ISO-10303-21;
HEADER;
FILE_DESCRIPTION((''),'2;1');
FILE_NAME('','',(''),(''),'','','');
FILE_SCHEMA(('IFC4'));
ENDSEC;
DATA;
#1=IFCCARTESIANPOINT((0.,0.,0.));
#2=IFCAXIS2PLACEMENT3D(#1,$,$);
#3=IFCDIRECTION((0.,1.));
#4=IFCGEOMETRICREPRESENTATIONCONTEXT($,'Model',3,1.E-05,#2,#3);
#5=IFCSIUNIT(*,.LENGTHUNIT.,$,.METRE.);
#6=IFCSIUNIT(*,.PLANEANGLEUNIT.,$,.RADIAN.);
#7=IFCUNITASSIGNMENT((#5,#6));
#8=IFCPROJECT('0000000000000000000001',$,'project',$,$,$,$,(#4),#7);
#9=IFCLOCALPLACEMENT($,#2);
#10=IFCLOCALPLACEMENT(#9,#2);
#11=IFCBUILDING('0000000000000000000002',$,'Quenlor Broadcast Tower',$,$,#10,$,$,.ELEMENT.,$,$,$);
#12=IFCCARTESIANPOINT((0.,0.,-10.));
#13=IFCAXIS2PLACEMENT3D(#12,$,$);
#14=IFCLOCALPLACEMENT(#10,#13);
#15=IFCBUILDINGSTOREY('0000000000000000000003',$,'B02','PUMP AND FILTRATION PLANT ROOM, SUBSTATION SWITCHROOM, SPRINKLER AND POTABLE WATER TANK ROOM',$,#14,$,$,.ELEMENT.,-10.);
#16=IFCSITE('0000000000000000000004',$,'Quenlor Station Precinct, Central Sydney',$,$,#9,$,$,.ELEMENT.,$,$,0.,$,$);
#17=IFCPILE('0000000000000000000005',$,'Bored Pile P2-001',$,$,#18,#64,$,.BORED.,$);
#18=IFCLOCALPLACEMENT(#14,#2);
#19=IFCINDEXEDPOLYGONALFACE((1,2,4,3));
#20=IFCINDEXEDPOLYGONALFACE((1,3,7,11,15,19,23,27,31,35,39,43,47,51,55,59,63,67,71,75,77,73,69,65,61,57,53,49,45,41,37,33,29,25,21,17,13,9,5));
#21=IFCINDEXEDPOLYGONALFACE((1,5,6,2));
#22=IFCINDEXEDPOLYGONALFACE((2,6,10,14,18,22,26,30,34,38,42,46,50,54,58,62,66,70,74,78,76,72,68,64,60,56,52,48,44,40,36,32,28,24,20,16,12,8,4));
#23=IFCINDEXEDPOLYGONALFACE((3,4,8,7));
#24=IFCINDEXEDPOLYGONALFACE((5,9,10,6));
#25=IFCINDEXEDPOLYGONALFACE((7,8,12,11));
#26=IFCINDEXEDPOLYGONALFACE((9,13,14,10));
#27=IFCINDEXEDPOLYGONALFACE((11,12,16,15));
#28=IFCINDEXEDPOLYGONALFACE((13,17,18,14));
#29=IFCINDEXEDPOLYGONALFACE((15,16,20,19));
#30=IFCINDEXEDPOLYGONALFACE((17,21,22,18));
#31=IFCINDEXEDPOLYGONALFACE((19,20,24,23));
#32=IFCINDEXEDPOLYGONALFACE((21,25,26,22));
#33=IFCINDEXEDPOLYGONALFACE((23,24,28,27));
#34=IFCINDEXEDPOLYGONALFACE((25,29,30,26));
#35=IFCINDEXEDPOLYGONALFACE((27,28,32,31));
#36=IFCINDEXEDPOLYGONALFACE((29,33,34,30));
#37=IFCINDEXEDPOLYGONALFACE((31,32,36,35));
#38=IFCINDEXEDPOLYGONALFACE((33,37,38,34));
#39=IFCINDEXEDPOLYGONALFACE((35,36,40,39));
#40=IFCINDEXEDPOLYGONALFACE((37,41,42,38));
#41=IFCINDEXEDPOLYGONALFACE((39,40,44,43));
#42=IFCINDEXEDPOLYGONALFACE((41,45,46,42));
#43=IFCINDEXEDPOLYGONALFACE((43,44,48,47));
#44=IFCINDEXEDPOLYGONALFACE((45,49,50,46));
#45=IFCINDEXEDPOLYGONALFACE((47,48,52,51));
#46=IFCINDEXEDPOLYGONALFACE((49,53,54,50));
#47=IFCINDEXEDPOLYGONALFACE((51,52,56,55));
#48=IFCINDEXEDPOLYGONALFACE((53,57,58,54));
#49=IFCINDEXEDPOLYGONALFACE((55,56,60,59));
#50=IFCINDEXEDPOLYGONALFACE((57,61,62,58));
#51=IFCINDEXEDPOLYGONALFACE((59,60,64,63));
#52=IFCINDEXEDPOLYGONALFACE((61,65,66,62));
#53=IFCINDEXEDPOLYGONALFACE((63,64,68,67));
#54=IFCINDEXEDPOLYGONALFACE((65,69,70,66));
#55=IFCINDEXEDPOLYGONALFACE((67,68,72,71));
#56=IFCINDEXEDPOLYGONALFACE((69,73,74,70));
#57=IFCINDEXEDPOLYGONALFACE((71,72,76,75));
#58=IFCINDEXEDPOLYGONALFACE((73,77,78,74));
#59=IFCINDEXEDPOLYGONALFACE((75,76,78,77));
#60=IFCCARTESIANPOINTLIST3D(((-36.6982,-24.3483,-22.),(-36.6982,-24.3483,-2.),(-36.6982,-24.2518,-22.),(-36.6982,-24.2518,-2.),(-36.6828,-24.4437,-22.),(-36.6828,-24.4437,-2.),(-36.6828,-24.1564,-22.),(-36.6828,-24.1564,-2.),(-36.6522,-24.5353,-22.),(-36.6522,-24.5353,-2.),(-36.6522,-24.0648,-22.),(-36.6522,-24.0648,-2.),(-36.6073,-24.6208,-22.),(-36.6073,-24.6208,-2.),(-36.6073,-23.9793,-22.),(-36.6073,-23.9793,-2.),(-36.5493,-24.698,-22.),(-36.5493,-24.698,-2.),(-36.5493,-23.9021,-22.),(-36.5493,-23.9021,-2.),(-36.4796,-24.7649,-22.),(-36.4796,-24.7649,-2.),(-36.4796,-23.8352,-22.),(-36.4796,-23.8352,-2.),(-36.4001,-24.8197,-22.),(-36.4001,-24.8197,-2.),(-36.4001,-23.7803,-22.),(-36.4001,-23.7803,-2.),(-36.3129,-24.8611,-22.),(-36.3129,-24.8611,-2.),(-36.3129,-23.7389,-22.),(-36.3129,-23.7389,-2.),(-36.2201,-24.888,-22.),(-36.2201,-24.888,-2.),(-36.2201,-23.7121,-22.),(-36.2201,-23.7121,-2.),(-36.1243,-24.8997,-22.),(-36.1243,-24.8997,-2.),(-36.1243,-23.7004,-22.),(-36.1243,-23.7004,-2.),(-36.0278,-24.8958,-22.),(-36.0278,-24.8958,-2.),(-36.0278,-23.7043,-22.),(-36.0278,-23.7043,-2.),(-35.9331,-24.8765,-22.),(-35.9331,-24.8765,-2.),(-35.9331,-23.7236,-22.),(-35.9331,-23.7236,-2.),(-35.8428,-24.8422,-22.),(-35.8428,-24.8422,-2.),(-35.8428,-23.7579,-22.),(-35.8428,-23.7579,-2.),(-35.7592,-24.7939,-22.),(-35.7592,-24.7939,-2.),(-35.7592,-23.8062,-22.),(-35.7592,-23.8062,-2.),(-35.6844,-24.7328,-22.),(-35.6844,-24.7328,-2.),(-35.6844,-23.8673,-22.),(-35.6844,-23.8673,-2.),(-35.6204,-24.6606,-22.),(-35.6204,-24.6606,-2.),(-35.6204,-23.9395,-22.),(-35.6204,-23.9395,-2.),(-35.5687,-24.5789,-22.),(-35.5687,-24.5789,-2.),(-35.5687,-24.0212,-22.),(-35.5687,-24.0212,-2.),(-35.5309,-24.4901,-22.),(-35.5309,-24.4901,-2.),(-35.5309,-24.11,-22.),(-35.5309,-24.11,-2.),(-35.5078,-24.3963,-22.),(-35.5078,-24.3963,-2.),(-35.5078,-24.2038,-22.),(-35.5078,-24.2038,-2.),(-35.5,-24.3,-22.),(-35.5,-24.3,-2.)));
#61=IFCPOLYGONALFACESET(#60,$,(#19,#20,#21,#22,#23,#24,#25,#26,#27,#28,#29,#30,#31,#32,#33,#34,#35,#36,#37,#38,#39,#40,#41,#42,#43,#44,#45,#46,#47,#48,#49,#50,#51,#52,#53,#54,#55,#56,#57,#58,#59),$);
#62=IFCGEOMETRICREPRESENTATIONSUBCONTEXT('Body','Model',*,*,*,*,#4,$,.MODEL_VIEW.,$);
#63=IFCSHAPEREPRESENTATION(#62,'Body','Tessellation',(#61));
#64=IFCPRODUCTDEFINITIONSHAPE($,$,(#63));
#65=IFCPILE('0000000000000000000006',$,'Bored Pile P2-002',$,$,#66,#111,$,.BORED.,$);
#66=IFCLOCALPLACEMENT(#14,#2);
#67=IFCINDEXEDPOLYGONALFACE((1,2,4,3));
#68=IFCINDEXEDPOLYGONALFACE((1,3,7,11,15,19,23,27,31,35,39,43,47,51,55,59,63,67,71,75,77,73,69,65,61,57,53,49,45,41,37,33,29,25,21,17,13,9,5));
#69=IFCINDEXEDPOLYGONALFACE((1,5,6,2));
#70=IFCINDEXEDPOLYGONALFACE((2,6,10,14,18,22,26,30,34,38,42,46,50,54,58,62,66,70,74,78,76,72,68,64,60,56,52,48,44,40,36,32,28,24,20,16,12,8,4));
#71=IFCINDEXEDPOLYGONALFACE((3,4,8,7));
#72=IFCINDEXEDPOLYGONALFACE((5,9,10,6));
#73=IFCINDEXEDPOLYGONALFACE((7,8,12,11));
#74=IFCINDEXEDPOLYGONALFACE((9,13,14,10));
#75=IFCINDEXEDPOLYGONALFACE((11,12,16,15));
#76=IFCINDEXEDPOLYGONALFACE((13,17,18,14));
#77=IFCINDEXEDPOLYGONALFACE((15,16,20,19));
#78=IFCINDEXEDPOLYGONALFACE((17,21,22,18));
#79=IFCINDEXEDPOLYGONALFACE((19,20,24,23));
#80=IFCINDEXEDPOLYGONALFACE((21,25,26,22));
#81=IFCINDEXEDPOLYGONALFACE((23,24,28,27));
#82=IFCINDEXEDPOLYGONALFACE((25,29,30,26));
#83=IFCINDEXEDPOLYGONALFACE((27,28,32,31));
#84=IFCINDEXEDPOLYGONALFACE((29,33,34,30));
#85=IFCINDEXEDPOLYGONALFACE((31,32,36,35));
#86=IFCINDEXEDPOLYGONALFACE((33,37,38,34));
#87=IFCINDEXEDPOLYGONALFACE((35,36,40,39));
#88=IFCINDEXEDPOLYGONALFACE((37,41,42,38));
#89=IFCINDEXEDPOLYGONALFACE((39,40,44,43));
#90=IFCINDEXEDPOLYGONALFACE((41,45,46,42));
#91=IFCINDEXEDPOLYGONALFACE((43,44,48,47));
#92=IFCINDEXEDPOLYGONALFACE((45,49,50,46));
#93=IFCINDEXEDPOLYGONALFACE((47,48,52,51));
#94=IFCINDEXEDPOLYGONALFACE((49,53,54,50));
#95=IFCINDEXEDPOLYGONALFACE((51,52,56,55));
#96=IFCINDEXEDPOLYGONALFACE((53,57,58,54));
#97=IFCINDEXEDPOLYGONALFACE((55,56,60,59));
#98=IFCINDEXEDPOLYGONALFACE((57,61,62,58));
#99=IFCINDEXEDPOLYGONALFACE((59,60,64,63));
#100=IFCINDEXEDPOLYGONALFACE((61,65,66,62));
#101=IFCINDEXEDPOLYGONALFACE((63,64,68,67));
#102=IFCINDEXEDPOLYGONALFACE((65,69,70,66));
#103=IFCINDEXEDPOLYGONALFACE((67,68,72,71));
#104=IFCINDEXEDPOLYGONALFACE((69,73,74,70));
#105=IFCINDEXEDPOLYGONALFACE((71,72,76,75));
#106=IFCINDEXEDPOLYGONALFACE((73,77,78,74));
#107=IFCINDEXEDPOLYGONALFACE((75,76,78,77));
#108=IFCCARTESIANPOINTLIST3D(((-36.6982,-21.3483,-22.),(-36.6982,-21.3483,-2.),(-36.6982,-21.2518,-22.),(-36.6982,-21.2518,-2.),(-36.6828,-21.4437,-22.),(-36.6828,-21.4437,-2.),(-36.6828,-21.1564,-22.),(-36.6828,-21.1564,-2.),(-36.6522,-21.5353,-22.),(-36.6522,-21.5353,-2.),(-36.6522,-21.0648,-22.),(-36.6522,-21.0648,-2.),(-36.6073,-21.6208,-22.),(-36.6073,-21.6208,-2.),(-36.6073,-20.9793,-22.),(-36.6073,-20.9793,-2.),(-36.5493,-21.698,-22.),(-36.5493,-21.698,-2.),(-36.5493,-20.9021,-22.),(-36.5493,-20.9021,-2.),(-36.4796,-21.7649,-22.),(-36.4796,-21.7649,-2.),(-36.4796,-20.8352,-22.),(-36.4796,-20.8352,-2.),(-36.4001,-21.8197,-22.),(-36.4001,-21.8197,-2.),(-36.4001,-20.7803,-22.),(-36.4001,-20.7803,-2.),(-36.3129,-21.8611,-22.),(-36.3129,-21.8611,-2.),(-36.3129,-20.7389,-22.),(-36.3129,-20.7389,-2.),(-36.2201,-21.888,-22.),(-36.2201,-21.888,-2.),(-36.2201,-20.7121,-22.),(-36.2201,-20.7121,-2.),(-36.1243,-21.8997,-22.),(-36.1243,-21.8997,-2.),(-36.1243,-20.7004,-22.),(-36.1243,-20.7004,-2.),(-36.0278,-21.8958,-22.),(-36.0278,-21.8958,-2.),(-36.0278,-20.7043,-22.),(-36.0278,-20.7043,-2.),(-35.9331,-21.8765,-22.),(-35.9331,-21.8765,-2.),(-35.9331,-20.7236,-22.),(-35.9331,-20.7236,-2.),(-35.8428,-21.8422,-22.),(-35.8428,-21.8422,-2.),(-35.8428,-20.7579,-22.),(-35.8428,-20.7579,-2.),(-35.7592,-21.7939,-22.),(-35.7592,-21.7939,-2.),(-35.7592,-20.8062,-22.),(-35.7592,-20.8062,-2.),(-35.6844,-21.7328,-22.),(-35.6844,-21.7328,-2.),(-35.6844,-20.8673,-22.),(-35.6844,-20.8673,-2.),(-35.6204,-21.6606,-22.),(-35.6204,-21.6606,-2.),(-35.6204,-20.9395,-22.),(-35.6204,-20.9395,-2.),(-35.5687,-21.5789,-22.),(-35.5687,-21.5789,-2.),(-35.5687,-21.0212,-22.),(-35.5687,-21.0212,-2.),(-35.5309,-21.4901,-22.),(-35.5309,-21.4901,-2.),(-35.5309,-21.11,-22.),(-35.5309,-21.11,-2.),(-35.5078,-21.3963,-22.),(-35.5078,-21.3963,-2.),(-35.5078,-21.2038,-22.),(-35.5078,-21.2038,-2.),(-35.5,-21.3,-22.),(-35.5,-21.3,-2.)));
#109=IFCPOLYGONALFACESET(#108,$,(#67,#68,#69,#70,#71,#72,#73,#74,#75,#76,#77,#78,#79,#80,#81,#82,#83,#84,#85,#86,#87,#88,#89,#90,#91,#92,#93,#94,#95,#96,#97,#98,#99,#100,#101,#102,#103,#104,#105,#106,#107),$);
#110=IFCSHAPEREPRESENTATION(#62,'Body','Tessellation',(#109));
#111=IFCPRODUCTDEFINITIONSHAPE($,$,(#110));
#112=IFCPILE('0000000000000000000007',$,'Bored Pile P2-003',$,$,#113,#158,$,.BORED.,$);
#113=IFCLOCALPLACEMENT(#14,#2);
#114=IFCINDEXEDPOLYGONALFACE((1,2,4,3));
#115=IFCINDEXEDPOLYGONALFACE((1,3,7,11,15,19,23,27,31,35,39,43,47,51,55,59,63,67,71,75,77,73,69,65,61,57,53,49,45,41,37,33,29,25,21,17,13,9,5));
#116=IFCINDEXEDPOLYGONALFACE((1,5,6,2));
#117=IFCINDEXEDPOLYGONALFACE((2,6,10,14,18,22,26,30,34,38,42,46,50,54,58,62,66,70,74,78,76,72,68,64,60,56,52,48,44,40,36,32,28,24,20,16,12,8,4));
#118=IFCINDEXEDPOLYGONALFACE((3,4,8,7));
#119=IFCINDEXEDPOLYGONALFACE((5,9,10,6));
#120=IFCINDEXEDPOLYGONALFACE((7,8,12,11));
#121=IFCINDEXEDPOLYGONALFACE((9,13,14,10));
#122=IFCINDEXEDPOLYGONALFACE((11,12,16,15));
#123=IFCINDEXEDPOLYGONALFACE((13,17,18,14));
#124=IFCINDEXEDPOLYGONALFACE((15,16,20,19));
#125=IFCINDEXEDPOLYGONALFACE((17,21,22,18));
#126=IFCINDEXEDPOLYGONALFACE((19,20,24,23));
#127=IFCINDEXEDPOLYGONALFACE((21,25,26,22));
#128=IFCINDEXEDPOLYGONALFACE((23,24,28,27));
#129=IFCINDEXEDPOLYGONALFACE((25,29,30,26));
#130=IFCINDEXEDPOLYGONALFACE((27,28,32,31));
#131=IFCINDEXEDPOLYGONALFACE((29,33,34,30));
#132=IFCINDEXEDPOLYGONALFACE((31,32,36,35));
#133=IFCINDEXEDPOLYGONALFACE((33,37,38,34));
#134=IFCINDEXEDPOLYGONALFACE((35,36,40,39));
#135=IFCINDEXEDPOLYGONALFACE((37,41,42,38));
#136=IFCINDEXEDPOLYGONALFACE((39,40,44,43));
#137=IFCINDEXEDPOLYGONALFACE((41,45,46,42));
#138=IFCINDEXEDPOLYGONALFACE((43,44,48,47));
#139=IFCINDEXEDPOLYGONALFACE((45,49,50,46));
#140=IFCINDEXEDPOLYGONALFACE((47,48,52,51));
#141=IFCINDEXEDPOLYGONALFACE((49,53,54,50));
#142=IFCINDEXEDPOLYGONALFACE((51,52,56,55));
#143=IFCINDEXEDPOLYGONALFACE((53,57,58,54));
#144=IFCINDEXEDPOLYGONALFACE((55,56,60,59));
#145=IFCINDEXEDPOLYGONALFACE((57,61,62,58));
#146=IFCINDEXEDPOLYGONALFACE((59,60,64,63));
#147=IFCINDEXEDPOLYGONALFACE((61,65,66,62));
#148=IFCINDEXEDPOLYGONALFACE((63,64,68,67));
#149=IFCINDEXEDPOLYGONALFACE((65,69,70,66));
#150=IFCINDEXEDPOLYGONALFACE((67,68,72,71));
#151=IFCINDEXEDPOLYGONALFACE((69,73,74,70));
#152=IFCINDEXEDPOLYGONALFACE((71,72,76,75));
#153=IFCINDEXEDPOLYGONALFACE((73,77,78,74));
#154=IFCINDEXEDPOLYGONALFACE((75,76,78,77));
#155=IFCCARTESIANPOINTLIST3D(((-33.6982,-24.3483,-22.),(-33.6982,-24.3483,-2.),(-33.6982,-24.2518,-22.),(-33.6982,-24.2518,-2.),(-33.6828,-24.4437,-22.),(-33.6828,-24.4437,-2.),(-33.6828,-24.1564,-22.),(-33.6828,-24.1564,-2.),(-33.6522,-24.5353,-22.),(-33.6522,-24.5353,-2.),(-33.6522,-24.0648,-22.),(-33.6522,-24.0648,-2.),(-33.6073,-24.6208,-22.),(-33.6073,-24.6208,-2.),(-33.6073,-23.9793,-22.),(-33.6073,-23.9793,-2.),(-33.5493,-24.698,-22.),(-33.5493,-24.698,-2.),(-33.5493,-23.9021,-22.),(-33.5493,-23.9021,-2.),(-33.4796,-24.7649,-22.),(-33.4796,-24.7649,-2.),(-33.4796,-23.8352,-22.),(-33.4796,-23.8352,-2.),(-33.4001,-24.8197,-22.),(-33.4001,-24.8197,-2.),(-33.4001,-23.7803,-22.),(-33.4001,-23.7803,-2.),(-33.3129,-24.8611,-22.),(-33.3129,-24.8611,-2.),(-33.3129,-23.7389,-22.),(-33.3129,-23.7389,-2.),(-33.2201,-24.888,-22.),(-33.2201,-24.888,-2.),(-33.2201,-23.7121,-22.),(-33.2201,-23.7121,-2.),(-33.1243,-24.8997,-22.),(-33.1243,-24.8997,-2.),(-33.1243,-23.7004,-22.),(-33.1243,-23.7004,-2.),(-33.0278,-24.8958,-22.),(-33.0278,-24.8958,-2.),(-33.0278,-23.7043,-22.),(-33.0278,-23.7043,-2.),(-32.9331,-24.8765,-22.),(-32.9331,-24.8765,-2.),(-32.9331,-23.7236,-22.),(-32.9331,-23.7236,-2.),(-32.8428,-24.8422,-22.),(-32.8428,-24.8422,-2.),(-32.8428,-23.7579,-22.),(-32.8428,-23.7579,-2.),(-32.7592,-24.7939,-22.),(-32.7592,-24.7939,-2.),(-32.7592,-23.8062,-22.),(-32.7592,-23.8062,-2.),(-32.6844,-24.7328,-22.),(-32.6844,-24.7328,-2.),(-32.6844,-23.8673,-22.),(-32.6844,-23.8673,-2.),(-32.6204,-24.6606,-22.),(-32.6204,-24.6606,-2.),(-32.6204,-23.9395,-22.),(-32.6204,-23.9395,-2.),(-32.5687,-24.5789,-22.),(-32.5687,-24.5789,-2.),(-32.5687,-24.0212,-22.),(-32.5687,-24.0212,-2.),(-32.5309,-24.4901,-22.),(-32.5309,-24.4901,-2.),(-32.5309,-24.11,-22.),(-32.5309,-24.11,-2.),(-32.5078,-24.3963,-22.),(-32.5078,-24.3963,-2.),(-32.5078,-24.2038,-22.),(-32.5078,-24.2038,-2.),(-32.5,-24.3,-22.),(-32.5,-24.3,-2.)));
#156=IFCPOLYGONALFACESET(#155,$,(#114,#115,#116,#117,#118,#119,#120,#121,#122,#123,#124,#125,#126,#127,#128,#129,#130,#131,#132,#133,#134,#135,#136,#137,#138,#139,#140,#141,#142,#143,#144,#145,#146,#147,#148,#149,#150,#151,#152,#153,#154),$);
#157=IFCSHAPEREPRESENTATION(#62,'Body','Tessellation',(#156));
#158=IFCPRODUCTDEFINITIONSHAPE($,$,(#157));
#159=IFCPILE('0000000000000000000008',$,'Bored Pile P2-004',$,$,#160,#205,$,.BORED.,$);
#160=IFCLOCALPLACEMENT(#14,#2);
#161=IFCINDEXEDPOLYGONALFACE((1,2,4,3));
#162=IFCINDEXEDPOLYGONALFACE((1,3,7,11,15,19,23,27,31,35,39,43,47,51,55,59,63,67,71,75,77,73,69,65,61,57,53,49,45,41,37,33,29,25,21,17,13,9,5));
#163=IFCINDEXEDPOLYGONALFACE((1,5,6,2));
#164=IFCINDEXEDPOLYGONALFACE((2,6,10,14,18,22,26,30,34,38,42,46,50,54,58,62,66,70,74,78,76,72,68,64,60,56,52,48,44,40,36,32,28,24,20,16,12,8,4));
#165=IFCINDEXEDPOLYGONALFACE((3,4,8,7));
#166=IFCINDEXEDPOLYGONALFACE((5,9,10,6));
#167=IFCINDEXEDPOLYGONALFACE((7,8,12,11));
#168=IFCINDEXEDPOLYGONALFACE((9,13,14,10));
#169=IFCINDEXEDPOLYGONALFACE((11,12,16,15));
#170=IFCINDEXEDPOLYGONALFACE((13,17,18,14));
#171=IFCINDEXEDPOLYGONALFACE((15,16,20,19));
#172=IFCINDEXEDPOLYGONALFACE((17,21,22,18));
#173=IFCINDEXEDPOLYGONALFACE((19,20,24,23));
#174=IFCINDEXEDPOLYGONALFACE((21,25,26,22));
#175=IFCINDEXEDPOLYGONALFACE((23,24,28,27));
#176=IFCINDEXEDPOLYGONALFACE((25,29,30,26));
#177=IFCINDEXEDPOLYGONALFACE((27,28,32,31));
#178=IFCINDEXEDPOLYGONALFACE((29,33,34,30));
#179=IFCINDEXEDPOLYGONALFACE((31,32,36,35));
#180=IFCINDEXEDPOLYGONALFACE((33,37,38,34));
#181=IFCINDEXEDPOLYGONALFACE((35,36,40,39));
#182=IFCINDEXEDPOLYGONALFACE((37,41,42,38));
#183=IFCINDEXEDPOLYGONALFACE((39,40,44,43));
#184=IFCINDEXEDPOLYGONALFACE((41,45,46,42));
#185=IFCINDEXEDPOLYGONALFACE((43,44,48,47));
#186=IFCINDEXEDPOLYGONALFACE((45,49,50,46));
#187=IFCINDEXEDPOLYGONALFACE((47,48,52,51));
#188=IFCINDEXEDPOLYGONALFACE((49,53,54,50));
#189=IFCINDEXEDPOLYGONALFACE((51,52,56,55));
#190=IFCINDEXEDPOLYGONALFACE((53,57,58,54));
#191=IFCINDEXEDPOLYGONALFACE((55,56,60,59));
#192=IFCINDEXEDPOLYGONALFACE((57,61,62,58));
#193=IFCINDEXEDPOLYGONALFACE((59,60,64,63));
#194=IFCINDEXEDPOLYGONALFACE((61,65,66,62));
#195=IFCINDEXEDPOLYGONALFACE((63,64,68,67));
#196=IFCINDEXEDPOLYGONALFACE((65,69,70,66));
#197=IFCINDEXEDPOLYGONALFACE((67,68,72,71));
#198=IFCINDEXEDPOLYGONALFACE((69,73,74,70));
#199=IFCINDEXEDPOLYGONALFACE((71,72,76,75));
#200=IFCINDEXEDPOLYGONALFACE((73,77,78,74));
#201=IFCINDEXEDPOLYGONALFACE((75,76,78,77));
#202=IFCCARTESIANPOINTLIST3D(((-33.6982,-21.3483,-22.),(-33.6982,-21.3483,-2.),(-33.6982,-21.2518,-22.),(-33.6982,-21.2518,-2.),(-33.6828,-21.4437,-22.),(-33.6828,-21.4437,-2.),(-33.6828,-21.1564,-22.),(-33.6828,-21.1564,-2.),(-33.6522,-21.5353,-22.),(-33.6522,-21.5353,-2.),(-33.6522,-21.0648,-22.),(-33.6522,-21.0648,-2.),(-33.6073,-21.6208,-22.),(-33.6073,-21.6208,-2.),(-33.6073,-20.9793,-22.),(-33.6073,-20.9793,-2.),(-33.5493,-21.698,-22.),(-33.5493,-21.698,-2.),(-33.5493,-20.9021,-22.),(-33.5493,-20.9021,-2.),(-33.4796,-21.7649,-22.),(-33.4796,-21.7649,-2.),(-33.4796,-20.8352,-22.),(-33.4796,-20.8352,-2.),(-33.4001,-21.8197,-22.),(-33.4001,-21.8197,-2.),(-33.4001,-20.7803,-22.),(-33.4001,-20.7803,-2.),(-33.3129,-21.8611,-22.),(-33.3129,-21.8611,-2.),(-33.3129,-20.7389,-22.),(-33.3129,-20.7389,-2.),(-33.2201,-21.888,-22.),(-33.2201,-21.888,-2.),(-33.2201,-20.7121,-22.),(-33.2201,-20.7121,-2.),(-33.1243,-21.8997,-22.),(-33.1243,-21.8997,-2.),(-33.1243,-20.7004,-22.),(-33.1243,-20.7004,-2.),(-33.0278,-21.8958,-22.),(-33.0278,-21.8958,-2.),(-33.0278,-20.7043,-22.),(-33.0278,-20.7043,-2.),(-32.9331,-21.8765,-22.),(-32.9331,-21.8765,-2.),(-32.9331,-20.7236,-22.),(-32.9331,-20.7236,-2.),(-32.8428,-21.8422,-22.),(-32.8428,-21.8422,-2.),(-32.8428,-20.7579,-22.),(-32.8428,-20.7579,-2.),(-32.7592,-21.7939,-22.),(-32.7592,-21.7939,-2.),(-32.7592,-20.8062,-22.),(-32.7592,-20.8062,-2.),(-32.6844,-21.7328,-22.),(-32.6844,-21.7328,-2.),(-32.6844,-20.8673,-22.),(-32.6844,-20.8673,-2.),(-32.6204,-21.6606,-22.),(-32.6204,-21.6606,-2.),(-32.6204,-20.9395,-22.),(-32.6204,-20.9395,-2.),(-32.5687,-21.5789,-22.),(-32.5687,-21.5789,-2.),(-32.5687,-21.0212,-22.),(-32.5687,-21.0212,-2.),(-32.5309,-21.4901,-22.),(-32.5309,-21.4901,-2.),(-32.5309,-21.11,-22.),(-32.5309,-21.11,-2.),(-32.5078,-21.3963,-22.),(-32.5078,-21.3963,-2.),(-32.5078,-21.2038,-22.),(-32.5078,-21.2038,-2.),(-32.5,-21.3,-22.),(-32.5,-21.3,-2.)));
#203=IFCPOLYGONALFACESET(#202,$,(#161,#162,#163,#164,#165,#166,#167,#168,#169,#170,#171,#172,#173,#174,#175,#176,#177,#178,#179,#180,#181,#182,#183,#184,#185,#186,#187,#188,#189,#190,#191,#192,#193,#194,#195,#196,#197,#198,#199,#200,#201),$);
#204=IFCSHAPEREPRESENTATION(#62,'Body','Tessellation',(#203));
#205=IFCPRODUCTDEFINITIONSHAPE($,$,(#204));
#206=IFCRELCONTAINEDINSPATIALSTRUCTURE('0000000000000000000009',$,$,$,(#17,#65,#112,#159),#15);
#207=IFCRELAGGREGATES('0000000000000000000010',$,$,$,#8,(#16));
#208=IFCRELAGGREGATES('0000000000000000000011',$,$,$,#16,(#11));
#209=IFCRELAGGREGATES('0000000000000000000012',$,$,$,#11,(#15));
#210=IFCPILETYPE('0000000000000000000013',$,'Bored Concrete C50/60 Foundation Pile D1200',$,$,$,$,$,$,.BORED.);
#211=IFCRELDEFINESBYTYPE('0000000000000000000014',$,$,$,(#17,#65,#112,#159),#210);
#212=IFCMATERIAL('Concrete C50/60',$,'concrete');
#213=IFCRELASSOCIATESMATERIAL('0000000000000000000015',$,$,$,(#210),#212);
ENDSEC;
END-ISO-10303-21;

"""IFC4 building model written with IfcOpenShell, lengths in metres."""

from ifc_helpers import new_model, si_unit, direction, frame, origin, origin_2d, place, context, subcontext, project, spatial, circle, extrude, material, material_profile, profile_set, type_object, element, save


model = new_model("IFC4")

# Units and contexts
model_context = context("Model", 3, precision=1e-05, world=origin(), true_north=direction((0.0, 1.0)))
body_context = subcontext(model_context, "Body", "Model", "MODEL_VIEW")
ifc_project = project(units=[si_unit("LENGTHUNIT", "METRE"), si_unit("PLANEANGLEUNIT", "RADIAN")], contexts=[model_context])

# Site, building, storey
site_placement = place(None, origin())
site = spatial("IfcSite", under=ifc_project, at=site_placement, Name="Quenlor Station Precinct, Central Sydney", CompositionType="ELEMENT", RefElevation=0.0)
building_placement = place(site_placement, origin())
building = spatial("IfcBuilding", under=site, at=building_placement, Name="Quenlor Broadcast Tower", CompositionType="ELEMENT")
storey_placement = place(building_placement, frame((0.0, 0.0, -10.0)))
storey = spatial("IfcBuildingStorey", under=building, at=storey_placement, Name="B02", Description="PUMP AND FILTRATION PLANT ROOM, SUBSTATION SWITCHROOM, SPRINKLER AND POTABLE WATER TANK ROOM", CompositionType="ELEMENT", Elevation=-10.0)

# Piles
ifc_material_1 = material(Name="Concrete C50/60", Category="concrete")
ifc_material_profile_1 = material_profile(ifc_material_1, circle(Radius=0.6001, at=origin_2d()))
ifc_profile_set_1 = profile_set([ifc_material_profile_1], Name="Concrete C50/60 PILE1200")
pile_type = type_object("IfcPileType", Name="Bored Concrete C50/60 Foundation Pile D1200", PredefinedType="BORED", material=ifc_profile_set_1)
for number, where, z_axis, x_axis, name in (
    (1, (-36.1001, -24.3, -2.0), (0.0, 0.0, -1.0), (1.0, 0.0, 0.0), "Bored Pile P2-001"),
    (2, (-36.1001, -21.3, -2.0), (0.0, 0.0, -1.0), (1.0, 0.0, 0.0), "Bored Pile P2-002"),
    (3, (-33.1001, -24.3, -2.0), (0.0, 0.0, -1.0), (1.0, 0.0, 0.0), "Bored Pile P2-003"),
    (4, (-33.1001, -21.3, -2.0), (0.0, 0.0, -1.0), (1.0, 0.0, 0.0), "Bored Pile P2-004"),
):
    element("IfcPile", number, at=place(storey_placement, frame(where, z_axis=z_axis, x_axis=x_axis)), inside=storey, type_object=pile_type, Name=name, PredefinedType="BORED", context=body_context, shape_type="SweptSolid", body=[
        extrude(circle(Radius=0.6001, at=origin_2d()), origin(), (0.0, 0.0, 1.0), 20.0),
    ])

save(model, "model.ifc")
